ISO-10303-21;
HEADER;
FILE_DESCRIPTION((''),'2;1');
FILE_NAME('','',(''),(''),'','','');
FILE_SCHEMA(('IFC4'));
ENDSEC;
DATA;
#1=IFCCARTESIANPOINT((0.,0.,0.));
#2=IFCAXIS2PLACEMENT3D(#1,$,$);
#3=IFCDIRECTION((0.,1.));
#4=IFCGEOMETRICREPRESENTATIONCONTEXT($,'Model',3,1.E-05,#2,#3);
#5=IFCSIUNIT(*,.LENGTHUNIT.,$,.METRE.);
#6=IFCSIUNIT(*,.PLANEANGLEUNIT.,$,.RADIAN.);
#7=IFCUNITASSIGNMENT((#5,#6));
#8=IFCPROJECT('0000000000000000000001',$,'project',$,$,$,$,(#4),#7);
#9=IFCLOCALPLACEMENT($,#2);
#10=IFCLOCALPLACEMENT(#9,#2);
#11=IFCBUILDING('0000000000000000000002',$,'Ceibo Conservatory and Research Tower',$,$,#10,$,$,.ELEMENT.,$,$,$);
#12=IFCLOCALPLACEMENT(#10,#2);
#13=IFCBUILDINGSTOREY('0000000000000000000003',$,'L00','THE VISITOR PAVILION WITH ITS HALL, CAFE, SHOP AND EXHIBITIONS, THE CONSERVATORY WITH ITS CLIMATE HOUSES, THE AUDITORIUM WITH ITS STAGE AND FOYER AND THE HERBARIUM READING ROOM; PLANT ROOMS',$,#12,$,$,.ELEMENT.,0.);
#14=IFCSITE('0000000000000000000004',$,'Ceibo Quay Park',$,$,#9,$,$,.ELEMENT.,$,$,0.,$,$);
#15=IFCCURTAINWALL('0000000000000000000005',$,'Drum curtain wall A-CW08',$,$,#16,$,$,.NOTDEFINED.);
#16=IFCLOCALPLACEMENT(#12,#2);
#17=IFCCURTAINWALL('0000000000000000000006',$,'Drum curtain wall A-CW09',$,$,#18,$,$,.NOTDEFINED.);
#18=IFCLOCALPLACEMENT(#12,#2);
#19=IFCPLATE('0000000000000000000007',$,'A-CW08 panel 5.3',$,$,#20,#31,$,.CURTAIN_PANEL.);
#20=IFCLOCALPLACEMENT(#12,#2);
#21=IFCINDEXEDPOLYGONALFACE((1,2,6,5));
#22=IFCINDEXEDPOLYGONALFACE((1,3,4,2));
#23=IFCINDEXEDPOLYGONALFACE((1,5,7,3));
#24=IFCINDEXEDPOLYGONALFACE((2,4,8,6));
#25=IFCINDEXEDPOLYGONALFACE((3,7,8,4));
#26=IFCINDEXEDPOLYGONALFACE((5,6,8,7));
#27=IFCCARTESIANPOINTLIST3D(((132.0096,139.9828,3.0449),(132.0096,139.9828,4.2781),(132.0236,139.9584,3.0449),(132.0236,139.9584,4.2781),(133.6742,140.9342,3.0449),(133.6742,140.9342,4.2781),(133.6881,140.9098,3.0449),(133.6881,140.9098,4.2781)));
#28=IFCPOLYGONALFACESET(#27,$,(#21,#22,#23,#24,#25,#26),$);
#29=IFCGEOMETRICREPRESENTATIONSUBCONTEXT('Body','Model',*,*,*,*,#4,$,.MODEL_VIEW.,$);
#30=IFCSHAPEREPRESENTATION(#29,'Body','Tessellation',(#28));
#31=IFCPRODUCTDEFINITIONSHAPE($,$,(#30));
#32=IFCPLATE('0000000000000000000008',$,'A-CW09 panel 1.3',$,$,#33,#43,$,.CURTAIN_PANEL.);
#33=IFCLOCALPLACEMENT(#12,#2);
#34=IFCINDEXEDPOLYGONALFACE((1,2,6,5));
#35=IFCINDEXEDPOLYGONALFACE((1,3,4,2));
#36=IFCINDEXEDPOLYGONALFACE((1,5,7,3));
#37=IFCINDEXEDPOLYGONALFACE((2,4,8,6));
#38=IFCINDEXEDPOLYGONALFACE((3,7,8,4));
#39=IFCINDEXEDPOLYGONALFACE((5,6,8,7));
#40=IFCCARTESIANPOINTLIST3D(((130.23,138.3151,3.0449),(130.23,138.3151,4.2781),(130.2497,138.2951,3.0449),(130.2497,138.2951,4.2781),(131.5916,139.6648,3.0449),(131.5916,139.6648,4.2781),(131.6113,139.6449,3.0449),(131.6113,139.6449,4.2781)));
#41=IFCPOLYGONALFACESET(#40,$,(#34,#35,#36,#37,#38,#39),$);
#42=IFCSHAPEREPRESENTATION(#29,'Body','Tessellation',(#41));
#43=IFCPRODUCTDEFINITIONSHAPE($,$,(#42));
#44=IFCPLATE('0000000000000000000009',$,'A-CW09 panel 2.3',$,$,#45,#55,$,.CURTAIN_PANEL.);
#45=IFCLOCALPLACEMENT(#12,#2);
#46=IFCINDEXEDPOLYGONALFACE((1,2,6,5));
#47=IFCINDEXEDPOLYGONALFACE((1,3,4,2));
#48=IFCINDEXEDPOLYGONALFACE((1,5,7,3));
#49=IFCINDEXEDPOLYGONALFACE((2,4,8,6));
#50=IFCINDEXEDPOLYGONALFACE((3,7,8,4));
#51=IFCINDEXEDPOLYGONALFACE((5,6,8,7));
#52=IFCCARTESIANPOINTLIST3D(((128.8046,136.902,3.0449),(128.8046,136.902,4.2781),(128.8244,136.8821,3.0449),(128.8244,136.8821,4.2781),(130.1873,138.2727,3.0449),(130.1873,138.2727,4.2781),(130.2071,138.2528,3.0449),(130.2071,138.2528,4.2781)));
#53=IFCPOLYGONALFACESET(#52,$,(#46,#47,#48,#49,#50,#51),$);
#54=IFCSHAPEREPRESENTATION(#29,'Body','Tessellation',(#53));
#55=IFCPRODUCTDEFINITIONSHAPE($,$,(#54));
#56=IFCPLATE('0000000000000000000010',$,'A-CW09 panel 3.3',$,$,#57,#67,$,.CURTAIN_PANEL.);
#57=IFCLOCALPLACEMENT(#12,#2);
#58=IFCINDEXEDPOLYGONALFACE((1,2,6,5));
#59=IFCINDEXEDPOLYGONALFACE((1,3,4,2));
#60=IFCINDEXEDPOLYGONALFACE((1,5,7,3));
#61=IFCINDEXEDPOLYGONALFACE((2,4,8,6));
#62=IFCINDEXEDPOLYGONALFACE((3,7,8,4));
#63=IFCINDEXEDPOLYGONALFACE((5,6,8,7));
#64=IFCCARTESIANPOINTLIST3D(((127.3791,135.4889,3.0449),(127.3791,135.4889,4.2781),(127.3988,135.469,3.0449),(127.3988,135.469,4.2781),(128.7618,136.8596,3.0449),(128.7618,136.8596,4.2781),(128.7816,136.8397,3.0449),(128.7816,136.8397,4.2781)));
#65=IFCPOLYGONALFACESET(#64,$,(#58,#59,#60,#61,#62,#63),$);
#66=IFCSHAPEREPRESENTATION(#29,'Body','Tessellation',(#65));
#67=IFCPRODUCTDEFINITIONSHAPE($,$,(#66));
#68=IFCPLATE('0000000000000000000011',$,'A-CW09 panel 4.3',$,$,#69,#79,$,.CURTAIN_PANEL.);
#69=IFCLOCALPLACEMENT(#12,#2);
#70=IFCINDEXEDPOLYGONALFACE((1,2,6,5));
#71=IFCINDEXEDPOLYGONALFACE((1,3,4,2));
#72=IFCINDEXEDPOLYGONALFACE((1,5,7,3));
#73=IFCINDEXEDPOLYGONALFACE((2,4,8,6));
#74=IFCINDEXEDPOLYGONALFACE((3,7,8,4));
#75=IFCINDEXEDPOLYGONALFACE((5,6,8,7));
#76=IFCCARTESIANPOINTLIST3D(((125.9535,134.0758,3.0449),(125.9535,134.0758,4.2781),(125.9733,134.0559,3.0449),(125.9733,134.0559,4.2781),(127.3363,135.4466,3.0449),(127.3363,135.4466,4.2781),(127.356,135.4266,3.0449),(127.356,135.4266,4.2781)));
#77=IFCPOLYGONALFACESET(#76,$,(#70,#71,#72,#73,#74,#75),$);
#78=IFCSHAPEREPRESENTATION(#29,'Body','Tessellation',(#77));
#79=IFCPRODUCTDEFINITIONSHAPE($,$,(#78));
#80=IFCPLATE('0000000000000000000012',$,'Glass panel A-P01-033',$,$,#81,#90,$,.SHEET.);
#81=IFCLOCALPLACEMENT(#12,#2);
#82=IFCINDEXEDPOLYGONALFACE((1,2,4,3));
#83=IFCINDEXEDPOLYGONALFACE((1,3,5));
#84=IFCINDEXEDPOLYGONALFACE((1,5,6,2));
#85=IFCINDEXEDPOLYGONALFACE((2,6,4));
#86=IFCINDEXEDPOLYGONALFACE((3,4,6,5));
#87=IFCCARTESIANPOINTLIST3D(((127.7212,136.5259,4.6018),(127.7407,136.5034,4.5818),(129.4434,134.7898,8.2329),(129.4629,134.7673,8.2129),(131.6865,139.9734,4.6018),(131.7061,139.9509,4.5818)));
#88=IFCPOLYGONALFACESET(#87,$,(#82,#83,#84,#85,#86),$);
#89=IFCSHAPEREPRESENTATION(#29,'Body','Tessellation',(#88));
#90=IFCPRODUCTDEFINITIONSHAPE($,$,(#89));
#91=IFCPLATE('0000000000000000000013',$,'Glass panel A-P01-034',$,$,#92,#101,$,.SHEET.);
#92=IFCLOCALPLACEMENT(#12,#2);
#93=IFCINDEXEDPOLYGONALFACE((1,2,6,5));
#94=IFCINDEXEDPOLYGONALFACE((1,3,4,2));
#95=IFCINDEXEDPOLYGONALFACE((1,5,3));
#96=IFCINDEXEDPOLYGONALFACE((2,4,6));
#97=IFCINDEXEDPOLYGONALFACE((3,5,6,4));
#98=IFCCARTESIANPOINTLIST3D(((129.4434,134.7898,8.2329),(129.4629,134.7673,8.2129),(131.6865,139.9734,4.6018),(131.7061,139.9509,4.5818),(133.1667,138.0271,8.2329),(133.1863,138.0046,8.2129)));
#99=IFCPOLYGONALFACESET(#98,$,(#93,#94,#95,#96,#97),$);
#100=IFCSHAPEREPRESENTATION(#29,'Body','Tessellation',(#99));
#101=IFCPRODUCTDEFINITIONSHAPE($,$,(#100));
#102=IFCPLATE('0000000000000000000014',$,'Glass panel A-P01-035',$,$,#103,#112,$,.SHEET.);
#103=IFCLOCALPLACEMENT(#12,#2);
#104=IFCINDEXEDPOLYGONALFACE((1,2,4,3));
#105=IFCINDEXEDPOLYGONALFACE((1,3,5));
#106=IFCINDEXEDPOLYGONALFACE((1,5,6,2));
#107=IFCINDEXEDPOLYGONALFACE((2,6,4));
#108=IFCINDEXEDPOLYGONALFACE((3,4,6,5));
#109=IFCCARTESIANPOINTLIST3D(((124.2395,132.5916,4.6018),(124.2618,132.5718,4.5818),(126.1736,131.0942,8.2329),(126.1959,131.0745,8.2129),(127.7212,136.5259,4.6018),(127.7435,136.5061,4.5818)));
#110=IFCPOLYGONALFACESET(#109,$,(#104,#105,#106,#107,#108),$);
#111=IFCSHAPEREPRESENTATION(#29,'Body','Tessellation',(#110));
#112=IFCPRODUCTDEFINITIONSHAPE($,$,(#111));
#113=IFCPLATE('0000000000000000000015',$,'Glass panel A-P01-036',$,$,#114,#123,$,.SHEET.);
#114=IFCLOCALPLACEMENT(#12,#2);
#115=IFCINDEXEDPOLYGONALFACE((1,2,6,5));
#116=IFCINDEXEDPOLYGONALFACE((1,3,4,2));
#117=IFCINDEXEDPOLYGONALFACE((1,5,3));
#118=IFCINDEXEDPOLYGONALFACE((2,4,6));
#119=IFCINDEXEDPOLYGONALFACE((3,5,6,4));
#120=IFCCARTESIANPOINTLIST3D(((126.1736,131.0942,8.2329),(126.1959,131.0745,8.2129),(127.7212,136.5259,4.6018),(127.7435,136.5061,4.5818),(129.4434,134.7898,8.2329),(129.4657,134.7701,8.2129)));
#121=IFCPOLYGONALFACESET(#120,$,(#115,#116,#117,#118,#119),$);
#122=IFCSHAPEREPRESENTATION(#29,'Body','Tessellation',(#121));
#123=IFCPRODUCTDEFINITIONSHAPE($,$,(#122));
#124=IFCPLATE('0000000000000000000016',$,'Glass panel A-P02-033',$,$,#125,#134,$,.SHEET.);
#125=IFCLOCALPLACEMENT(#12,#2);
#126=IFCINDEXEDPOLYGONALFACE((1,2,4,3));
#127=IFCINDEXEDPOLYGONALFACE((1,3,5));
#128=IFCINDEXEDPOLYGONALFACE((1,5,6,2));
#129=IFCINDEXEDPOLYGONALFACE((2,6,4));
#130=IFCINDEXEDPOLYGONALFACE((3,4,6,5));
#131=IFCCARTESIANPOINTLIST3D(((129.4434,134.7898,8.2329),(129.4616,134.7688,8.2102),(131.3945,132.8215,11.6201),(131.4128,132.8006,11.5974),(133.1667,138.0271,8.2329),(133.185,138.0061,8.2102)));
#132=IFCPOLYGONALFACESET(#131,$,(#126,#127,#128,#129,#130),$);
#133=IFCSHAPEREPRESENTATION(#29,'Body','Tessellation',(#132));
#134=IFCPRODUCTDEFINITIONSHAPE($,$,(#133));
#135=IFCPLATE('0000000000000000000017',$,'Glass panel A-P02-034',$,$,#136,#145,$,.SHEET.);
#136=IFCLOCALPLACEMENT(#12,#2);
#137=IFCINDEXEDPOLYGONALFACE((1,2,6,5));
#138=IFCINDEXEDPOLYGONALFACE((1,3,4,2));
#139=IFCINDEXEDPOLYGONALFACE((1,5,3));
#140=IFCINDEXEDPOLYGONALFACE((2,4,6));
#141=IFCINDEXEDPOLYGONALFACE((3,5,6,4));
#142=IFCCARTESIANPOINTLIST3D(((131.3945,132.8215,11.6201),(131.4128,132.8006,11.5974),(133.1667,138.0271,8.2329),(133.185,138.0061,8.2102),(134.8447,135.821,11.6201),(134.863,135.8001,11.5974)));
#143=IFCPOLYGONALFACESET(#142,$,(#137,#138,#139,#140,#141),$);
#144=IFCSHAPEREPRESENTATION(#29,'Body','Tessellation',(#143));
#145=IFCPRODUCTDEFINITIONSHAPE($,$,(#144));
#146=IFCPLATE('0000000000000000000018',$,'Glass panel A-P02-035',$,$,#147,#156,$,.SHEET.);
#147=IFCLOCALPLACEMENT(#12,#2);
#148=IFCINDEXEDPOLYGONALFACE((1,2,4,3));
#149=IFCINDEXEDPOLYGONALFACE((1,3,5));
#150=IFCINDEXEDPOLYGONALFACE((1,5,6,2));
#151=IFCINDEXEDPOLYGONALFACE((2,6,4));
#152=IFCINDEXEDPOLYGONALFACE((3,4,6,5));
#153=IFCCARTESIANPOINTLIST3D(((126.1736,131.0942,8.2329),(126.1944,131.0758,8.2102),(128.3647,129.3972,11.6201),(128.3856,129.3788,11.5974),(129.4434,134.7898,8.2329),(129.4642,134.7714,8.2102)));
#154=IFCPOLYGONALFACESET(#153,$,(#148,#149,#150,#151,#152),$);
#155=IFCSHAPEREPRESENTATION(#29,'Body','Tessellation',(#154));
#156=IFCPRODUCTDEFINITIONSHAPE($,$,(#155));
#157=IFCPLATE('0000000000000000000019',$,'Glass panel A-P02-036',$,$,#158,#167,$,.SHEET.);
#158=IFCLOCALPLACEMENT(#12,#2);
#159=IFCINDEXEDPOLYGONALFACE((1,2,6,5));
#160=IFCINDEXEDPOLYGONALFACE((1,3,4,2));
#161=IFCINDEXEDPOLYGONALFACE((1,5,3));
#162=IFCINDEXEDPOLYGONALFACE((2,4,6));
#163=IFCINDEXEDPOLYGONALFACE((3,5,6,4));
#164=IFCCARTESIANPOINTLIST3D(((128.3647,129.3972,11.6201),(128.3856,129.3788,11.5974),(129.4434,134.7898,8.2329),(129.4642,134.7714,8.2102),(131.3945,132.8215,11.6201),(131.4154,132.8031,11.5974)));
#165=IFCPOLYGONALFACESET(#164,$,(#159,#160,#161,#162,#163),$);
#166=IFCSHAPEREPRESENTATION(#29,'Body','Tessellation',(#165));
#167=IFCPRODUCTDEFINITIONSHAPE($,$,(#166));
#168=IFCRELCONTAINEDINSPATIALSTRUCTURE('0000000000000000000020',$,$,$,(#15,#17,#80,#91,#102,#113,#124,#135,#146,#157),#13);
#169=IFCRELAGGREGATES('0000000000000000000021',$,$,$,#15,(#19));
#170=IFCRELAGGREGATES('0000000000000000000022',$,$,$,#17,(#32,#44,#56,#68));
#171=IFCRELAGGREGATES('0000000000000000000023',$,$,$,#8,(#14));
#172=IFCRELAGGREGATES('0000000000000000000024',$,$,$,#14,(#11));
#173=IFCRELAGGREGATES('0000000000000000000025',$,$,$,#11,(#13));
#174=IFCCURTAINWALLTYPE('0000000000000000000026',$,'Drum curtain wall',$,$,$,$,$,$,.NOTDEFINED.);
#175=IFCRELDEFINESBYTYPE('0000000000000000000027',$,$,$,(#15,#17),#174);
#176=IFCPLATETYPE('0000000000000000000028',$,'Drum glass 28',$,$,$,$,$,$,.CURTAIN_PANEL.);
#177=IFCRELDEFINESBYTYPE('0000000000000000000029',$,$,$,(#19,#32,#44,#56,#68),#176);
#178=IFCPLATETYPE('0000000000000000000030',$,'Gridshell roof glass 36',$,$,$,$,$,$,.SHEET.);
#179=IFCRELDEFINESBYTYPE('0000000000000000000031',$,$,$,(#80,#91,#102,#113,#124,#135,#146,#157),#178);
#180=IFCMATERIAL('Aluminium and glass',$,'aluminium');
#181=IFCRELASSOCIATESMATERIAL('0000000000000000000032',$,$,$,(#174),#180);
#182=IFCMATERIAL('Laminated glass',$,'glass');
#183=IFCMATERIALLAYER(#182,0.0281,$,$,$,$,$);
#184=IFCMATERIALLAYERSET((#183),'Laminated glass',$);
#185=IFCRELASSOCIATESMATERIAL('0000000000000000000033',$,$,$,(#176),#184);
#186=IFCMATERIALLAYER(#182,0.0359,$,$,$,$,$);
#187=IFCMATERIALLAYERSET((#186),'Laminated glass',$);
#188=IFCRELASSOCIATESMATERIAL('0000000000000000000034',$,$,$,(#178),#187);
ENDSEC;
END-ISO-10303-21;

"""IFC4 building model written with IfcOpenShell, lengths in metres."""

from ifc_helpers import new_model, si_unit, direction, frame, origin, origin_2d, place, context, subcontext, project, spatial, polyline, rectangle, outline, extrude, material, layer, layer_set, type_object, element, aggregate, save


model = new_model("IFC4")

# Units and contexts
model_context = context("Model", 3, precision=1e-05, world=origin(), true_north=direction((0.0, 1.0)))
body_context = subcontext(model_context, "Body", "Model", "MODEL_VIEW")
ifc_project = project(units=[si_unit("LENGTHUNIT", "METRE"), si_unit("PLANEANGLEUNIT", "RADIAN")], contexts=[model_context])

# Site, building, storey
site_placement = place(None, origin())
site = spatial("IfcSite", under=ifc_project, at=site_placement, Name="Ceibo Quay Park", CompositionType="ELEMENT", RefElevation=0.0)
building_placement = place(site_placement, origin())
building = spatial("IfcBuilding", under=site, at=building_placement, Name="Ceibo Conservatory and Research Tower", CompositionType="ELEMENT")
storey_placement = place(building_placement, origin())
storey = spatial("IfcBuildingStorey", under=building, at=storey_placement, Name="L00", Description="THE VISITOR PAVILION WITH ITS HALL, CAFE, SHOP AND EXHIBITIONS, THE CONSERVATORY WITH ITS CLIMATE HOUSES, THE AUDITORIUM WITH ITS STAGE AND FOYER AND THE HERBARIUM READING ROOM; PLANT ROOMS", CompositionType="ELEMENT", Elevation=0.0)

# Curtain wall
ifc_material_1 = material(Name="Aluminium and glass", Category="aluminium")
curtain_wall_type = type_object("IfcCurtainWallType", Name="Drum curtain wall", PredefinedType="NOTDEFINED", material=ifc_material_1)
curtain_wall_1_placement = place(storey_placement, origin())
curtain_wall_1 = element("IfcCurtainWall", 1, at=curtain_wall_1_placement, inside=storey, type_object=curtain_wall_type, Name="Drum curtain wall A-CW08", PredefinedType="NOTDEFINED")

# Curtain wall
curtain_wall_2_placement = place(storey_placement, origin())
curtain_wall_2 = element("IfcCurtainWall", 2, at=curtain_wall_2_placement, inside=storey, type_object=curtain_wall_type, Name="Drum curtain wall A-CW09", PredefinedType="NOTDEFINED")

# Plates
ifc_material_2 = material(Name="Laminated glass", Category="glass")
ifc_layer_1 = layer(ifc_material_2, 0.0281)
ifc_layer_set_1 = layer_set([ifc_layer_1], Name="Laminated glass")
plate_type_1 = type_object("IfcPlateType", Name="Drum glass 28", PredefinedType="CURTAIN_PANEL", material=ifc_layer_set_1)
plate_1_placement = place(storey_placement, frame((132.8489, 140.4463, 3.0449), z_axis=(0.0, 0.0, 1.0), x_axis=(-0.868199, -0.496216, 0.0)))
plate_1 = element("IfcPlate", 3, at=plate_1_placement, type_object=plate_type_1, Name="A-CW08 panel 5.3", PredefinedType="CURTAIN_PANEL", context=body_context, shape_type="SweptSolid", body=[
    extrude(rectangle(XDim=1.9172, YDim=0.0281, at=origin_2d()), origin(), (0.0, 0.0, 1.0), 1.2332),
])
aggregate(curtain_wall_1, [plate_1])
plate_2_placement = place(storey_placement, frame((130.9207, 138.98, 3.0449), z_axis=(0.0, 0.0, 1.0), x_axis=(-0.710185, -0.704015, 0.0)))
plate_2 = element("IfcPlate", 4, at=plate_2_placement, type_object=plate_type_1, Name="A-CW09 panel 1.3", PredefinedType="CURTAIN_PANEL", context=body_context, shape_type="SweptSolid", body=[
    extrude(rectangle(XDim=1.9172, YDim=0.0281, at=origin_2d()), origin(), (0.0, 0.0, 1.0), 1.2332),
])
plate_3_placement = place(storey_placement, frame((129.5059, 137.5774, 3.0449), z_axis=(0.0, 0.0, 1.0), x_axis=(-0.710185, -0.704015, 0.0)))
plate_3 = element("IfcPlate", 5, at=plate_3_placement, type_object=plate_type_1, Name="A-CW09 panel 2.3", PredefinedType="CURTAIN_PANEL", context=body_context, shape_type="SweptSolid", body=[
    extrude(rectangle(XDim=1.947, YDim=0.0281, at=origin_2d()), origin(), (0.0, 0.0, 1.0), 1.2332),
])
plate_4_placement = place(storey_placement, frame((128.0803, 136.1643, 3.0449), z_axis=(0.0, 0.0, 1.0), x_axis=(-0.710185, -0.704015, 0.0)))
plate_4 = element("IfcPlate", 6, at=plate_4_placement, type_object=plate_type_1, Name="A-CW09 panel 3.3", PredefinedType="CURTAIN_PANEL", context=body_context, shape_type="SweptSolid", body=[
    extrude(rectangle(XDim=1.947, YDim=0.0281, at=origin_2d()), origin(), (0.0, 0.0, 1.0), 1.2332),
])
plate_5_placement = place(storey_placement, frame((126.6548, 134.7512, 3.0449), z_axis=(0.0, 0.0, 1.0), x_axis=(-0.710185, -0.704015, 0.0)))
plate_5 = element("IfcPlate", 7, at=plate_5_placement, type_object=plate_type_1, Name="A-CW09 panel 4.3", PredefinedType="CURTAIN_PANEL", context=body_context, shape_type="SweptSolid", body=[
    extrude(rectangle(XDim=1.947, YDim=0.0281, at=origin_2d()), origin(), (0.0, 0.0, 1.0), 1.2332),
])
aggregate(curtain_wall_2, [plate_2, plate_3, plate_4, plate_5])

# Plates
ifc_layer_2 = layer(ifc_material_2, 0.0359)
ifc_layer_set_2 = layer_set([ifc_layer_2], Name="Laminated glass")
plate_type_2 = type_object("IfcPlateType", Name="Gridshell roof glass 36", PredefinedType="SHEET", material=ifc_layer_set_2)
plate_6_placement = place(storey_placement, frame((131.6865, 139.9734, 4.6018), z_axis=(-0.544575, 0.626372, 0.55776), x_axis=(-0.754663, -0.656113, 0.0)))
element("IfcPlate", 8, at=plate_6_placement, inside=storey, type_object=plate_type_2, Name="Glass panel A-P01-033", PredefinedType="SHEET", context=body_context, shape_type="SweptSolid", body=[
    extrude(outline(polyline([(0.0, 0.0), (5.2544, 0.0), (5.0939, 4.3748), (0.0, 0.0)])), origin(), (0.0, 0.0, -1.0), 0.0359),
])
plate_7_placement = place(storey_placement, frame((131.6865, 139.9734, 4.6018), z_axis=(-0.544597, 0.626369, 0.557742), x_axis=(-0.334071, -0.771984, 0.540774)))
element("IfcPlate", 9, at=plate_7_placement, inside=storey, type_object=plate_type_2, Name="Glass panel A-P01-034", PredefinedType="SHEET", context=body_context, shape_type="SweptSolid", body=[
    extrude(outline(polyline([(0.0, 0.0), (6.7146, 0.0), (2.9716, 3.2146), (0.0, 0.0)])), origin(), (0.0, 0.0, -1.0), 0.0359),
])
plate_8_placement = place(storey_placement, frame((127.7212, 136.5259, 4.6018), z_axis=(-0.621519, 0.550015, 0.557851), x_axis=(-0.662715, -0.748871, 0.0)))
element("IfcPlate", 10, at=plate_8_placement, inside=storey, type_object=plate_type_2, Name="Glass panel A-P01-035", PredefinedType="SHEET", context=body_context, shape_type="SweptSolid", body=[
    extrude(outline(polyline([(0.0, 0.0), (5.2537, 0.0), (5.0932, 4.3751), (0.0, 0.0)])), origin(), (0.0, 0.0, -1.0), 0.0359),
])
plate_9_placement = place(storey_placement, frame((127.7212, 136.5259, 4.6018), z_axis=(-0.621608, 0.54999, 0.557776), x_axis=(-0.230492, -0.808958, 0.540796)))
element("IfcPlate", 11, at=plate_9_placement, inside=storey, type_object=plate_type_2, Name="Glass panel A-P01-036", PredefinedType="SHEET", context=body_context, shape_type="SweptSolid", body=[
    extrude(outline(polyline([(0.0, 0.0), (6.7144, 0.0), (2.9712, 3.2151), (0.0, 0.0)])), origin(), (0.0, 0.0, -1.0), 0.0359),
])
plate_10_placement = place(storey_placement, frame((133.1667, 138.0271, 8.2329), z_axis=(-0.508241, 0.584554, 0.632445), x_axis=(-0.754648, -0.65613, 0.0)))
element("IfcPlate", 12, at=plate_10_placement, inside=storey, type_object=plate_type_2, Name="Glass panel A-P02-033", PredefinedType="SHEET", context=body_context, shape_type="SweptSolid", body=[
    extrude(outline(polyline([(0.0, 0.0), (4.9339, 0.0), (4.7529, 4.3728), (0.0, 0.0)])), origin(), (0.0, 0.0, -1.0), 0.0359),
])
plate_11_placement = place(storey_placement, frame((133.1667, 138.0271, 8.2329), z_axis=(-0.508201, 0.584559, 0.632474), x_axis=(-0.274402, -0.806006, 0.52446)))
element("IfcPlate", 13, at=plate_11_placement, inside=storey, type_object=plate_type_2, Name="Glass panel A-P02-034", PredefinedType="SHEET", context=body_context, shape_type="SweptSolid", body=[
    extrude(outline(polyline([(0.0, 0.0), (6.4585, 0.0), (3.0941, 3.0955), (0.0, 0.0)])), origin(), (0.0, 0.0, -1.0), 0.0359),
])
plate_12_placement = place(storey_placement, frame((129.4434, 134.7898, 8.2329), z_axis=(-0.580128, 0.513289, 0.632444), x_axis=(-0.662645, -0.748933, 0.0)))
element("IfcPlate", 14, at=plate_12_placement, inside=storey, type_object=plate_type_2, Name="Glass panel A-P02-035", PredefinedType="SHEET", context=body_context, shape_type="SweptSolid", body=[
    extrude(outline(polyline([(0.0, 0.0), (4.9344, 0.0), (4.7534, 4.3728), (0.0, 0.0)])), origin(), (0.0, 0.0, -1.0), 0.0359),
])
plate_13_placement = place(storey_placement, frame((129.4434, 134.7898, 8.2329), z_axis=(-0.580128, 0.513289, 0.632444), x_axis=(-0.166998, -0.834916, 0.52443)))
element("IfcPlate", 15, at=plate_13_placement, inside=storey, type_object=plate_type_2, Name="Glass panel A-P02-036", PredefinedType="SHEET", context=body_context, shape_type="SweptSolid", body=[
    extrude(outline(polyline([(0.0, 0.0), (6.4588, 0.0), (3.0938, 3.0955), (0.0, 0.0)])), origin(), (0.0, 0.0, -1.0), 0.0359),
])

save(model, "model.ifc")
